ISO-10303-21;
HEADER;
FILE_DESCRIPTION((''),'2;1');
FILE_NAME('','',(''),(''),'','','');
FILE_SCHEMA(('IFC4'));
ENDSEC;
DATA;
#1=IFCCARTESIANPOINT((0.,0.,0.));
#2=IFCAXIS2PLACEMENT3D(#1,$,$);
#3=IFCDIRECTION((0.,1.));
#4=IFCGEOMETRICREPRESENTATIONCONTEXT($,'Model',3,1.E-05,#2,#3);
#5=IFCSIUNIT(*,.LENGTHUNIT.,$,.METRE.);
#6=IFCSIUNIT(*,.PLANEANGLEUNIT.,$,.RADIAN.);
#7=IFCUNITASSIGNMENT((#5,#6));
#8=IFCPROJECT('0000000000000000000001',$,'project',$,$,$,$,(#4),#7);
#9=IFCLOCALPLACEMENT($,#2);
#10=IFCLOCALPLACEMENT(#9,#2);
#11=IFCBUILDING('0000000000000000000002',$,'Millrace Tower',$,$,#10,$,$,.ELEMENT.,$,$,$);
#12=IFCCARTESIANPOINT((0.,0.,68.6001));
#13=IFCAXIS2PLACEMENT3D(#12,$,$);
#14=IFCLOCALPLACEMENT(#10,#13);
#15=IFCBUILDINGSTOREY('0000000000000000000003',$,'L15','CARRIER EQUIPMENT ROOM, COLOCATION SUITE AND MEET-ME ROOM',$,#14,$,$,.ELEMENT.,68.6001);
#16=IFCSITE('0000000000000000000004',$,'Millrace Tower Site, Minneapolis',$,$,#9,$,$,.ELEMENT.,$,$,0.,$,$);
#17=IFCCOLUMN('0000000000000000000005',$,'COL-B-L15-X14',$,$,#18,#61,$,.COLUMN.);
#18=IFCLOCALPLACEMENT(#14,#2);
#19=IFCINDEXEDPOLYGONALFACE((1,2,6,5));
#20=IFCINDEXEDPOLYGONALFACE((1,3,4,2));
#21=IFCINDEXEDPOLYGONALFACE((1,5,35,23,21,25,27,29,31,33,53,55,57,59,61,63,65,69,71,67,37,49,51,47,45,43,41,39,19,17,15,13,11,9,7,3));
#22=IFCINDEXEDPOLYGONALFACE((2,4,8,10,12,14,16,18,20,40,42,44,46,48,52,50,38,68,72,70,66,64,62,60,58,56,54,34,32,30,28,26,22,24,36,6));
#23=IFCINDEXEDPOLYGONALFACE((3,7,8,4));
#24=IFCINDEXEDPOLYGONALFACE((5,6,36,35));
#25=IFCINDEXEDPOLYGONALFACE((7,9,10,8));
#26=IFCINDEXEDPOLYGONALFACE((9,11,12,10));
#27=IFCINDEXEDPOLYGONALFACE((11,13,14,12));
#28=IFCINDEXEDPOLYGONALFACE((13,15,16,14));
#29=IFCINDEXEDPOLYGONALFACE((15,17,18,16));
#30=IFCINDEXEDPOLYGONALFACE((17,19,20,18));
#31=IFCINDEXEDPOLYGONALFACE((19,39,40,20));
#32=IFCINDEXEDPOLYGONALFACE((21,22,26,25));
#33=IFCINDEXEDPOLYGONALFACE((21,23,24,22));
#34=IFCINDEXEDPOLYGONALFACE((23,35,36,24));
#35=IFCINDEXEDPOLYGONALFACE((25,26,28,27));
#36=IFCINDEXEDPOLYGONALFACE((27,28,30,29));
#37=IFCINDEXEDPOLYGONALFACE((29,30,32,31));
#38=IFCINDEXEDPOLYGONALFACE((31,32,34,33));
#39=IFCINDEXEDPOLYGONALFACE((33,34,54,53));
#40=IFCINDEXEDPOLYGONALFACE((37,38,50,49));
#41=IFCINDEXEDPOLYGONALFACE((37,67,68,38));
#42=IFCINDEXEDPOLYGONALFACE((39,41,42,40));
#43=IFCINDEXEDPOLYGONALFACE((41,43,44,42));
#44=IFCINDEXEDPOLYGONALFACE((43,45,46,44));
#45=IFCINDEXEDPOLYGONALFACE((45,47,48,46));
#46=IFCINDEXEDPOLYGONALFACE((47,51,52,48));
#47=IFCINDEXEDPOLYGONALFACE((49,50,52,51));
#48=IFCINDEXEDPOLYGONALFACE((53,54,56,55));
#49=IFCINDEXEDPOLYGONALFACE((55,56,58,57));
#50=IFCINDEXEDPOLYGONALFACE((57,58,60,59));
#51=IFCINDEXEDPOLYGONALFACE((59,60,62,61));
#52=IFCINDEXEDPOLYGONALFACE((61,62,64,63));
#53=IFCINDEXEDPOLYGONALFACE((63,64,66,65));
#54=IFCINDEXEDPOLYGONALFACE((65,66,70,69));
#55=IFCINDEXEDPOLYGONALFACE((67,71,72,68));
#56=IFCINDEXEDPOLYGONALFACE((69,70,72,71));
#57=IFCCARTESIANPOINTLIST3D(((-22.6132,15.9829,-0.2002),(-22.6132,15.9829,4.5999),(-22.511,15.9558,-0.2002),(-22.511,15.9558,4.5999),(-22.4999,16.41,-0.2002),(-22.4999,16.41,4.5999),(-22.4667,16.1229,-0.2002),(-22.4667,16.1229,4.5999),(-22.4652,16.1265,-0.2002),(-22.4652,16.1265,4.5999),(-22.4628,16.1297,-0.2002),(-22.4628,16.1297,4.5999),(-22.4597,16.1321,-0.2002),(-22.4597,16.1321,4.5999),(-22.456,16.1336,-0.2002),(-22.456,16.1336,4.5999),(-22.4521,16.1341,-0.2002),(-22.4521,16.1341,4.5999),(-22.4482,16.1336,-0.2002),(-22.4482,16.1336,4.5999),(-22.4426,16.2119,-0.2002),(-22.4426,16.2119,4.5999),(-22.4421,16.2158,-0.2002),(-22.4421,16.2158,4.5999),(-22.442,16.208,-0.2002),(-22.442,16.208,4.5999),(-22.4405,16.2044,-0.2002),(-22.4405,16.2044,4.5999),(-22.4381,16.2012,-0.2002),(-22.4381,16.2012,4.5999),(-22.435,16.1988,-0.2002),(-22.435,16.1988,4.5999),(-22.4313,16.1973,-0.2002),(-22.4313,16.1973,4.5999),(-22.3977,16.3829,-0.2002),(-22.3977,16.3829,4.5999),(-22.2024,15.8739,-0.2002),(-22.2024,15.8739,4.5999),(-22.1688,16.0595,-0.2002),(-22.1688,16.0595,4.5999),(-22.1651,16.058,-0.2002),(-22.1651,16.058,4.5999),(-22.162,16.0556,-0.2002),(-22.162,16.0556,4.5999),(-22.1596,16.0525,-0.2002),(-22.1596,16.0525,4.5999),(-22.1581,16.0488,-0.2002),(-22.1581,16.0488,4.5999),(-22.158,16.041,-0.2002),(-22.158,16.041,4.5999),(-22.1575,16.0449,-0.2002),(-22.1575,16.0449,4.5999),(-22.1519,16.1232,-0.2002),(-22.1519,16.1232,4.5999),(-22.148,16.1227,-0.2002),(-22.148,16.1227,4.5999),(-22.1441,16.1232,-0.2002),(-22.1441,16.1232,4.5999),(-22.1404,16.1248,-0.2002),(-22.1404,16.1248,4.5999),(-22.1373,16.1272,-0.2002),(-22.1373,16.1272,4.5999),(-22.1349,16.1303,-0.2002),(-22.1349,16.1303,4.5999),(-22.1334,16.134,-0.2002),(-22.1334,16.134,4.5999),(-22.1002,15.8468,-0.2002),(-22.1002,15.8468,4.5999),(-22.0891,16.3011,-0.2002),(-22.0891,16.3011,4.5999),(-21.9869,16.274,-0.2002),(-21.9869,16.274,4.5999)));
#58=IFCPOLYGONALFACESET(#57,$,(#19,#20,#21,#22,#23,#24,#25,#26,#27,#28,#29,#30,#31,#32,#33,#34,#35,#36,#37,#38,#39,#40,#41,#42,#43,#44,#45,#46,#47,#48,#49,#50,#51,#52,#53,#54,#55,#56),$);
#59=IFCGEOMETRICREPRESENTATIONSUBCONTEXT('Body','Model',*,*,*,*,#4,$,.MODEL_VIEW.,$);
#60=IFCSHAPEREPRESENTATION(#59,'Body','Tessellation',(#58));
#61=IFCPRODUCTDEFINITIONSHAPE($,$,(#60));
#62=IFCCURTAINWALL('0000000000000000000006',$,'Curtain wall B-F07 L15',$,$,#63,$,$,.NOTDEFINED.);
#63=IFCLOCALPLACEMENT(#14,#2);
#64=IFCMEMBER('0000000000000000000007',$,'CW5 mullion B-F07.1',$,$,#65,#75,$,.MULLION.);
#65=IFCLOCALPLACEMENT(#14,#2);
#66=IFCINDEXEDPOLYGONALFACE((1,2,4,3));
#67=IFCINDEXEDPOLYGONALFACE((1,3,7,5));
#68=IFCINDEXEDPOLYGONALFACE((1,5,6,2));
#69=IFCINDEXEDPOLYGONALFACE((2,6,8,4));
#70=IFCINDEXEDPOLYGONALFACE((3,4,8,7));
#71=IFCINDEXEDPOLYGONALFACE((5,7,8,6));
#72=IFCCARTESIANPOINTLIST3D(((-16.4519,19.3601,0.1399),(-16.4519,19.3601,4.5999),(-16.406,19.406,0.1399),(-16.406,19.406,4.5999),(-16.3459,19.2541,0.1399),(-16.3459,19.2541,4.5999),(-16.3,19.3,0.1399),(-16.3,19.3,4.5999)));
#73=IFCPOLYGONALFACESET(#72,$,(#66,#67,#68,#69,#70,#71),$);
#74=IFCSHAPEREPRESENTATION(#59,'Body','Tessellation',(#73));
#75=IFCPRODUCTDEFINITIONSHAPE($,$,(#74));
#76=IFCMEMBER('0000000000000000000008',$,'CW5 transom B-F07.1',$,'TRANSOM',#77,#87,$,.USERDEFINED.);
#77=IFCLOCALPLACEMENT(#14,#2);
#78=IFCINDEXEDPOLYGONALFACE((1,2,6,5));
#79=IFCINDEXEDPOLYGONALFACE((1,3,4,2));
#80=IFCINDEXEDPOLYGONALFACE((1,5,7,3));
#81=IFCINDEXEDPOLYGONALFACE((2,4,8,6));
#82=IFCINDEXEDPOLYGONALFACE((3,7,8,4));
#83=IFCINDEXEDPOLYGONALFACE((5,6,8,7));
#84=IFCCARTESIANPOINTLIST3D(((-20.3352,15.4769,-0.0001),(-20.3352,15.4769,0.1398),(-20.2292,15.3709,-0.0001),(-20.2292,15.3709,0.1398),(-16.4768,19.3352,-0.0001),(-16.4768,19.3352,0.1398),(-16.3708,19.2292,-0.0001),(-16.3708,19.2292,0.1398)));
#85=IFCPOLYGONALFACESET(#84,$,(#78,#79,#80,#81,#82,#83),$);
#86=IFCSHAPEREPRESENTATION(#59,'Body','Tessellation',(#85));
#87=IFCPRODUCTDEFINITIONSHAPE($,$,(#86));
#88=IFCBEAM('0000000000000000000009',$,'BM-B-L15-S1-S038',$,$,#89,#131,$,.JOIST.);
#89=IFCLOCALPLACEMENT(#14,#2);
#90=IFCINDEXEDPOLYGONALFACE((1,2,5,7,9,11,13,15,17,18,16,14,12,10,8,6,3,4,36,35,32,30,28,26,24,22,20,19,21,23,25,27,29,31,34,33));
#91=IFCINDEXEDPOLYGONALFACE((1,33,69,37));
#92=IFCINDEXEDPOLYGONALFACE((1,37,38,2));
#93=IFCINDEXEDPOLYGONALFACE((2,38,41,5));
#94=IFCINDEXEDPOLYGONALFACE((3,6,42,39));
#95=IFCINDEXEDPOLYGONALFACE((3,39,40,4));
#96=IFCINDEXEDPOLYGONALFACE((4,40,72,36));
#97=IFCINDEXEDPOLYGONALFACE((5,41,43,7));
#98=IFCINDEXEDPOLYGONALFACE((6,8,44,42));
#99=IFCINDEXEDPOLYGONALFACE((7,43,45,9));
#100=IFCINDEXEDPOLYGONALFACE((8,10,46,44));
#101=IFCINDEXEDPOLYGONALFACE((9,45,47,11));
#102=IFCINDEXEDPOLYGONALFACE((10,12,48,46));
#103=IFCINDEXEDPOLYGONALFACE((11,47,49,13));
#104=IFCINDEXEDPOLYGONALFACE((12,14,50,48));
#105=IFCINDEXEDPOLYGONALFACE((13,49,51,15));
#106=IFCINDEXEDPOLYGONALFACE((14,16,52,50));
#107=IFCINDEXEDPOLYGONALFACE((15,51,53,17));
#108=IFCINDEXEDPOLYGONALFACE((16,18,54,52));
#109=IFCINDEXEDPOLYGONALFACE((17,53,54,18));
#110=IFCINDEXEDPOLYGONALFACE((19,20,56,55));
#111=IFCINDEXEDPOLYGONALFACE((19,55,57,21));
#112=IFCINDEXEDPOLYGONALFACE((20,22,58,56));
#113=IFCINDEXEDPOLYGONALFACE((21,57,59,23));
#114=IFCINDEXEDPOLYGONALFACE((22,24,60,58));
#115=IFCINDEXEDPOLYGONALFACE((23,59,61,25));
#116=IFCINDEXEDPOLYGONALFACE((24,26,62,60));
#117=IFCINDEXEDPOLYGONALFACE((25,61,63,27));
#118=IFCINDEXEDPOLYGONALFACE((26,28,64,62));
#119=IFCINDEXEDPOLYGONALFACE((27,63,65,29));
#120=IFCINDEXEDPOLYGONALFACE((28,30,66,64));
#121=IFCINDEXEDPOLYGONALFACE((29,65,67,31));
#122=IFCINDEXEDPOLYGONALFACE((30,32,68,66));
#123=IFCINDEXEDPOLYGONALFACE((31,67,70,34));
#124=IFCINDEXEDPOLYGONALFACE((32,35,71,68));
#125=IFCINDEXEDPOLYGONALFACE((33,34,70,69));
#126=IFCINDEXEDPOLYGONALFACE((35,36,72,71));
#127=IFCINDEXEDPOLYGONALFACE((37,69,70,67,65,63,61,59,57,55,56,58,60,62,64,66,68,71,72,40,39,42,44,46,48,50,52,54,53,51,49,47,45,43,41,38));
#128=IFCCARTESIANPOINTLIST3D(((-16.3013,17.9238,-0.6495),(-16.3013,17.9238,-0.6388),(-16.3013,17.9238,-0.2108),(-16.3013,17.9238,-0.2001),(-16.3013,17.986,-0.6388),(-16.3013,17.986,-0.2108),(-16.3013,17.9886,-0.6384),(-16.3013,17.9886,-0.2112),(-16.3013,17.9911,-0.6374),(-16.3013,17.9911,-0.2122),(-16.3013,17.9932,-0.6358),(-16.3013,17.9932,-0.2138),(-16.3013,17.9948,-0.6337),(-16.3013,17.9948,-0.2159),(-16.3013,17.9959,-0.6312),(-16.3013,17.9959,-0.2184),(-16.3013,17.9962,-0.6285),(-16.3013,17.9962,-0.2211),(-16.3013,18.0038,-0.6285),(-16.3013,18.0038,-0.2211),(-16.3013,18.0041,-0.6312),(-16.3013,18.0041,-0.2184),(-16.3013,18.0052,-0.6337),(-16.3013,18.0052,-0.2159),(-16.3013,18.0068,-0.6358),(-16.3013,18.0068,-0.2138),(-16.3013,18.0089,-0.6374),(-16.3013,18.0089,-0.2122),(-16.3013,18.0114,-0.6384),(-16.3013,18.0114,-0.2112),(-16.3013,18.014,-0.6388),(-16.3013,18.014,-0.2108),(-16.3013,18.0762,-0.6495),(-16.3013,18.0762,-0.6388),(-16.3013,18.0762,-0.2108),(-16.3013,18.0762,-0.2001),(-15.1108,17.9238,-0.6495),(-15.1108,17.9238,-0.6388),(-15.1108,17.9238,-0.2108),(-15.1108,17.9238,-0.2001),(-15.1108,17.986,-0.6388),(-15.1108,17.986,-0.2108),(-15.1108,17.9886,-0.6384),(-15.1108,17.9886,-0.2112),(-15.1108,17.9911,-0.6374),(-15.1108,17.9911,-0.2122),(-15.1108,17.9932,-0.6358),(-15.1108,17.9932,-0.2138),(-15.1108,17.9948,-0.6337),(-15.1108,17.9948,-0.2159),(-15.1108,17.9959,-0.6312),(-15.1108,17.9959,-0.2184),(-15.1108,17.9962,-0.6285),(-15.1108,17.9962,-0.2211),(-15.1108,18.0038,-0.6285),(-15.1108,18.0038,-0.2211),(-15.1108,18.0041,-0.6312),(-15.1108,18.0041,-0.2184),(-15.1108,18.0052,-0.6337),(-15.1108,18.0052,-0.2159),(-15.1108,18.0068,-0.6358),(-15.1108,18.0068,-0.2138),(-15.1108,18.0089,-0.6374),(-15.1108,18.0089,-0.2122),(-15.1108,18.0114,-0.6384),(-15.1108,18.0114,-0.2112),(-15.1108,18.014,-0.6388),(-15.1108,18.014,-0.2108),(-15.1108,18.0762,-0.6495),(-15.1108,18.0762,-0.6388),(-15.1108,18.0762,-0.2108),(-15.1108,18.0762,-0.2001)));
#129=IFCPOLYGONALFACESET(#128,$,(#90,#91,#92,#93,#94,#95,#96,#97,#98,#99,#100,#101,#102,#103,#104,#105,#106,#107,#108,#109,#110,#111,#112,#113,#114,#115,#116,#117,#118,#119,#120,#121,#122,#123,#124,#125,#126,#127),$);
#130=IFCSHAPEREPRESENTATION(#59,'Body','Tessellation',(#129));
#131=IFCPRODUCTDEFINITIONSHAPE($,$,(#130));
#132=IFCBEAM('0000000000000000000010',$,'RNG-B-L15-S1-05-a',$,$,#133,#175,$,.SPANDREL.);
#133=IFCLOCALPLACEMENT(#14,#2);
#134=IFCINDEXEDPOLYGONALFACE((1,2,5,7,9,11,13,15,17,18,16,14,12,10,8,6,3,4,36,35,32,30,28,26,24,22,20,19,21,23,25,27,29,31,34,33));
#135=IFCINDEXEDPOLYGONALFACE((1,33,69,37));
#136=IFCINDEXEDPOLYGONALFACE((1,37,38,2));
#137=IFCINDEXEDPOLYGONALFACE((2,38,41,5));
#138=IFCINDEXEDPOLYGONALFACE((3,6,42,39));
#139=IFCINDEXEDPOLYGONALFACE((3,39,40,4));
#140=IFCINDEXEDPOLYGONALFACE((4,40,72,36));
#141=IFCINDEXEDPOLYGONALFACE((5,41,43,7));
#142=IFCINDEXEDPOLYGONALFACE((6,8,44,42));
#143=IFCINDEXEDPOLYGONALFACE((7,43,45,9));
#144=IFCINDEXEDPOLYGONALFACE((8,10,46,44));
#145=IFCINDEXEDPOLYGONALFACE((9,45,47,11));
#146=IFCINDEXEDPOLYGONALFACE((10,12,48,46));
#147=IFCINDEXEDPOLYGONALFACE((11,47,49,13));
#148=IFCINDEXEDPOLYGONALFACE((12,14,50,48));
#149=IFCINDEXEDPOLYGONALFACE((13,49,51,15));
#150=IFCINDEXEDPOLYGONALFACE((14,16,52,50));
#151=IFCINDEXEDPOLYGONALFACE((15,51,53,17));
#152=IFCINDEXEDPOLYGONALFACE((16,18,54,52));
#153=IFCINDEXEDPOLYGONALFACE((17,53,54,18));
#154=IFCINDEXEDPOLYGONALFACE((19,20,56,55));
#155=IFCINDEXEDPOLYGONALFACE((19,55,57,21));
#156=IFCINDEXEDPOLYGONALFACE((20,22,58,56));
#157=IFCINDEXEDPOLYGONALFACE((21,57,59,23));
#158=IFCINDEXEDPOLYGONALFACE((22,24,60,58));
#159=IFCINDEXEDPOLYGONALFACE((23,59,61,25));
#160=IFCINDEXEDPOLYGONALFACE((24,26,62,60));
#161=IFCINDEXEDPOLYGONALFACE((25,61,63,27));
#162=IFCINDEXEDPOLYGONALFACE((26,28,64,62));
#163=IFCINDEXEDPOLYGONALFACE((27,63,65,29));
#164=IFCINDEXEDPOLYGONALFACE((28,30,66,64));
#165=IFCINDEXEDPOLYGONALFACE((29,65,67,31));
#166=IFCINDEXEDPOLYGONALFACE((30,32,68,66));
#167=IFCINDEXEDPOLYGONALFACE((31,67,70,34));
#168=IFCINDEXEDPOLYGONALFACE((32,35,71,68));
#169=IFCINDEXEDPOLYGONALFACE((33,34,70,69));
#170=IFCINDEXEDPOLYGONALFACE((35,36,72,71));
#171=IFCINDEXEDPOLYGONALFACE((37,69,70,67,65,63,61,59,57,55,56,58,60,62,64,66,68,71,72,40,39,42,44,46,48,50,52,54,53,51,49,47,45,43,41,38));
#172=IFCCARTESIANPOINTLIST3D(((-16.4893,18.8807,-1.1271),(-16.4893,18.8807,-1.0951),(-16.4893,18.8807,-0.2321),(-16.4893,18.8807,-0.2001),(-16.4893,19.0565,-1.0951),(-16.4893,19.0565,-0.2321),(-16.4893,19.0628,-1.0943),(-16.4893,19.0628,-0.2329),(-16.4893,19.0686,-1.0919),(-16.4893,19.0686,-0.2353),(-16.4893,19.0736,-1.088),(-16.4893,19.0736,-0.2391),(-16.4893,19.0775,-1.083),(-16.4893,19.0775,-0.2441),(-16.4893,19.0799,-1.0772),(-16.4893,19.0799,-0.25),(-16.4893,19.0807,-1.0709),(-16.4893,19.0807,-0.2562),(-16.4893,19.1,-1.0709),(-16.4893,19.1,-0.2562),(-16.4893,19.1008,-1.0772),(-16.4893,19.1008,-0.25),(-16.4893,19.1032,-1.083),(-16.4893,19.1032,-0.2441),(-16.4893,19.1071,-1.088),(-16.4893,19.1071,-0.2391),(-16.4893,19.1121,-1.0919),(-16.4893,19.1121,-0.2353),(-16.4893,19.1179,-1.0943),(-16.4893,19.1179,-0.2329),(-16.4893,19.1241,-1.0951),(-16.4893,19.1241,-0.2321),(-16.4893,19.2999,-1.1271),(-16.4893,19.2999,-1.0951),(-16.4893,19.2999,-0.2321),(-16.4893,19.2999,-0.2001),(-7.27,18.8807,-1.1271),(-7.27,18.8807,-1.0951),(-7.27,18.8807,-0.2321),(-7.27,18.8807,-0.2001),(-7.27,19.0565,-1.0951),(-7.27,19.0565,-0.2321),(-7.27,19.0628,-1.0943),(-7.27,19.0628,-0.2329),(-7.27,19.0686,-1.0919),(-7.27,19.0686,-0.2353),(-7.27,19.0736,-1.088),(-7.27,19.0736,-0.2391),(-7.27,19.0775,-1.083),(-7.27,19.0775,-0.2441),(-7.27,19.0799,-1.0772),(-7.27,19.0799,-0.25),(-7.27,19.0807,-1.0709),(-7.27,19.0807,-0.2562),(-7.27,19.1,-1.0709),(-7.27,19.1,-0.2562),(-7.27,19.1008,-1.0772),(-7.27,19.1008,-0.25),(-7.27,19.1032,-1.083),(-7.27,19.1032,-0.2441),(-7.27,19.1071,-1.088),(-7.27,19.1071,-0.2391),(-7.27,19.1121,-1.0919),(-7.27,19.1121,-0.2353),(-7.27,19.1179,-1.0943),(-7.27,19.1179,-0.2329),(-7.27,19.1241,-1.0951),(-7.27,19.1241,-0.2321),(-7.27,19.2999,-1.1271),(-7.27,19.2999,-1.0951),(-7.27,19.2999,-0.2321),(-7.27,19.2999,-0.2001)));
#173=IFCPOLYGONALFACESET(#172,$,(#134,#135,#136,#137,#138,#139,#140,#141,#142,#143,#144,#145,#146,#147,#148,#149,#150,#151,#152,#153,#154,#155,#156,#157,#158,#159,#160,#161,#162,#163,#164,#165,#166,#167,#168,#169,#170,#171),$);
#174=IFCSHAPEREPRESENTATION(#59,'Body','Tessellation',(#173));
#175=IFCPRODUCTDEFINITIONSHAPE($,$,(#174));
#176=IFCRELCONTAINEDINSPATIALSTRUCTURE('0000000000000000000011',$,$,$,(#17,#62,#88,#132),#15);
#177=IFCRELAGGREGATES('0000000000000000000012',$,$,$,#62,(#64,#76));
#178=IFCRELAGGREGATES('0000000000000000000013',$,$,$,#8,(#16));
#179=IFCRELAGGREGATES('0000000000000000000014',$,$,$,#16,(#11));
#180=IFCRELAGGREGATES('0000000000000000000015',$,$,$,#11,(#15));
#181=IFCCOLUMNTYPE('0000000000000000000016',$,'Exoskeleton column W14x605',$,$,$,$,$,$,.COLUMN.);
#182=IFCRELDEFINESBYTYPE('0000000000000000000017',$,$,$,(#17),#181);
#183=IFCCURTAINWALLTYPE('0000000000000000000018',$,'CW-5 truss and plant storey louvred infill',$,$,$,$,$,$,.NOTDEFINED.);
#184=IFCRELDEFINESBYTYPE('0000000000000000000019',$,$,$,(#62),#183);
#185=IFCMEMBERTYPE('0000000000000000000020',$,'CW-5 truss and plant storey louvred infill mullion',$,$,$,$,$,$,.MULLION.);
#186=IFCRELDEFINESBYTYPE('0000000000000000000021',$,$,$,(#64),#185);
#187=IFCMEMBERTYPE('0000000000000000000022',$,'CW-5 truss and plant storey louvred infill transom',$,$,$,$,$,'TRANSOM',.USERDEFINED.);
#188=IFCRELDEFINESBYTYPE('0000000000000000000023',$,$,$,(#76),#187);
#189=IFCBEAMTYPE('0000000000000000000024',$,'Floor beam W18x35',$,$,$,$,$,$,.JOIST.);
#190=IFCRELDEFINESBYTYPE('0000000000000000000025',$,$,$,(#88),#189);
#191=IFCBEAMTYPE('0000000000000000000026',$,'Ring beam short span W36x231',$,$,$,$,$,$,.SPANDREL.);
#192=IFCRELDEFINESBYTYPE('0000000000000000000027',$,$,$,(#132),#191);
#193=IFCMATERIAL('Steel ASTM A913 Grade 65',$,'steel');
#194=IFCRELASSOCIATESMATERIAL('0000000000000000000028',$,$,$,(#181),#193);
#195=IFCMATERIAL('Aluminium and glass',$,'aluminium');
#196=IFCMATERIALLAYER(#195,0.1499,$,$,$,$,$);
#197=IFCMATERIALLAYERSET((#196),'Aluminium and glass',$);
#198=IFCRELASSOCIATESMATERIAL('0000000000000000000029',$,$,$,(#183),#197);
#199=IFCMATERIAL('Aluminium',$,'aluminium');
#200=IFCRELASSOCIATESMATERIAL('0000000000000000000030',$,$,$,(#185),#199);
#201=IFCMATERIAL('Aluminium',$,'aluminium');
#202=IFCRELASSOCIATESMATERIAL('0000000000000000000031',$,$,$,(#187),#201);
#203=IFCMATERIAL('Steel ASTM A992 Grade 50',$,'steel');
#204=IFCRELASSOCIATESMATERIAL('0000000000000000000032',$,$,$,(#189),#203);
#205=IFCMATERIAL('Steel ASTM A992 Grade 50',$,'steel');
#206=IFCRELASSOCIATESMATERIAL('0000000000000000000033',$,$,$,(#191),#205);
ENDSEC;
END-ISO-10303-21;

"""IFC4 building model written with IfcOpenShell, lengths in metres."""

from ifc_helpers import new_model, si_unit, direction, frame, origin, origin_2d, place, context, subcontext, project, spatial, rectangle, i_section, extrude, material, layer, layer_set, material_profile, profile_set, type_object, element, aggregate, save


model = new_model("IFC4")

# Units and contexts
model_context = context("Model", 3, precision=1e-05, world=origin(), true_north=direction((0.0, 1.0)))
body_context = subcontext(model_context, "Body", "Model", "MODEL_VIEW")
ifc_project = project(units=[si_unit("LENGTHUNIT", "METRE"), si_unit("PLANEANGLEUNIT", "RADIAN")], contexts=[model_context])

# Site, building, storey
site_placement = place(None, origin())
site = spatial("IfcSite", under=ifc_project, at=site_placement, Name="Millrace Tower Site, Minneapolis", CompositionType="ELEMENT", RefElevation=0.0)
building_placement = place(site_placement, origin())
building = spatial("IfcBuilding", under=site, at=building_placement, Name="Millrace Tower", CompositionType="ELEMENT")
storey_placement = place(building_placement, frame((0.0, 0.0, 68.6001)))
storey = spatial("IfcBuildingStorey", under=building, at=storey_placement, Name="L15", Description="CARRIER EQUIPMENT ROOM, COLOCATION SUITE AND MEET-ME ROOM", CompositionType="ELEMENT", Elevation=68.6001)

# Column
ifc_material_1 = material(Name="Steel ASTM A913 Grade 65", Category="steel")
ifc_material_profile_1 = material_profile(ifc_material_1, i_section(OverallWidth=0.4419, OverallDepth=0.5308, WebThickness=0.0659, FlangeThickness=0.1057, FilletRadius=0.0151, at=origin_2d()))
ifc_profile_set_1 = profile_set([ifc_material_profile_1], Name="Steel ASTM A913 Grade 65")
column_type = type_object("IfcColumnType", Name="Exoskeleton column W14x605", PredefinedType="COLUMN", material=ifc_profile_set_1)
column_placement = place(storey_placement, frame((-22.3, 16.1284, -0.2002), z_axis=(0.0, 0.0, 1.0), x_axis=(-0.256347, -0.966585, 0.0)))
element("IfcColumn", 1, at=column_placement, inside=storey, type_object=column_type, Name="COL-B-L15-X14", PredefinedType="COLUMN", context=body_context, shape_type="SweptSolid", body=[
    extrude(i_section(OverallWidth=0.4419, OverallDepth=0.5308, WebThickness=0.0659, FlangeThickness=0.1057, FilletRadius=0.0151, at=origin_2d()), origin(), (0.0, 0.0, 1.0), 4.8),
])

# Curtain wall, members
ifc_material_2 = material(Name="Aluminium and glass", Category="aluminium")
ifc_layer_1 = layer(ifc_material_2, 0.1499)
ifc_layer_set_1 = layer_set([ifc_layer_1], Name="Aluminium and glass")
curtain_wall_type = type_object("IfcCurtainWallType", Name="CW-5 truss and plant storey louvred infill", PredefinedType="NOTDEFINED", material=ifc_layer_set_1)
curtain_wall_placement = place(storey_placement, origin())
curtain_wall = element("IfcCurtainWall", 2, at=curtain_wall_placement, inside=storey, type_object=curtain_wall_type, Name="Curtain wall B-F07 L15", PredefinedType="NOTDEFINED")
ifc_material_3 = material(Name="Aluminium", Category="aluminium")
ifc_material_profile_2 = material_profile(ifc_material_3, rectangle(XDim=0.0649, YDim=0.1499, at=origin_2d()))
ifc_profile_set_2 = profile_set([ifc_material_profile_2], Name="Aluminium")
member_type_1 = type_object("IfcMemberType", Name="CW-5 truss and plant storey louvred infill mullion", PredefinedType="MULLION", material=ifc_profile_set_2)
member_1_placement = place(storey_placement, frame((-16.376, 19.3301, 0.1399), z_axis=(0.0, 0.0, 1.0), x_axis=(-0.707107, -0.707107, 0.0)))
member_1 = element("IfcMember", 3, at=member_1_placement, type_object=member_type_1, Name="CW5 mullion B-F07.1", PredefinedType="MULLION", context=body_context, shape_type="SweptSolid", body=[
    extrude(rectangle(XDim=0.0649, YDim=0.1499, at=origin_2d()), origin(), (0.0, 0.0, 1.0), 4.46),
])
ifc_material_4 = material(Name="Aluminium", Category="aluminium")
ifc_material_profile_3 = material_profile(ifc_material_4, rectangle(XDim=0.1499, YDim=0.1399, at=origin_2d()))
ifc_profile_set_3 = profile_set([ifc_material_profile_3], Name="Aluminium")
member_type_2 = type_object("IfcMemberType", Name="CW-5 truss and plant storey louvred infill transom", ElementType="TRANSOM", PredefinedType="USERDEFINED", material=ifc_profile_set_3)
member_2_placement = place(storey_placement, frame((-16.4238, 19.2822, 0.0698), z_axis=(-0.707107, -0.707107, 0.0), x_axis=(0.707107, -0.707107, 0.0)))
member_2 = element("IfcMember", 4, at=member_2_placement, type_object=member_type_2, Name="CW5 transom B-F07.1", ObjectType="TRANSOM", PredefinedType="USERDEFINED", context=body_context, shape_type="SweptSolid", body=[
    extrude(rectangle(XDim=0.1499, YDim=0.1399, at=origin_2d()), origin(), (0.0, 0.0, 1.0), 5.4565),
])
aggregate(curtain_wall, [member_1, member_2])

# Beams
ifc_material_5 = material(Name="Steel ASTM A992 Grade 50", Category="steel")
ifc_material_profile_4 = material_profile(ifc_material_5, i_section(OverallWidth=0.1523, OverallDepth=0.4495, WebThickness=0.0076, FlangeThickness=0.0107, FilletRadius=0.0103, at=origin_2d()))
ifc_profile_set_4 = profile_set([ifc_material_profile_4], Name="Steel ASTM A992 Grade 50")
beam_type_1 = type_object("IfcBeamType", Name="Floor beam W18x35", PredefinedType="JOIST", material=ifc_profile_set_4)
beam_1_placement = place(storey_placement, frame((-16.3013, 18.0, -0.4248), z_axis=(1.0, 0.0, 0.0), x_axis=(0.0, 1.0, 0.0)))
element("IfcBeam", 5, at=beam_1_placement, inside=storey, type_object=beam_type_1, Name="BM-B-L15-S1-S038", PredefinedType="JOIST", context=body_context, shape_type="SweptSolid", body=[
    extrude(i_section(OverallWidth=0.1523, OverallDepth=0.4495, WebThickness=0.0076, FlangeThickness=0.0107, FilletRadius=0.0103, at=origin_2d()), origin(), (0.0, 0.0, 1.0), 1.1904),
])
ifc_material_6 = material(Name="Steel ASTM A992 Grade 50", Category="steel")
ifc_material_profile_5 = material_profile(ifc_material_6, i_section(OverallWidth=0.4192, OverallDepth=0.927, WebThickness=0.0193, FlangeThickness=0.032, FilletRadius=0.0242, at=origin_2d()))
ifc_profile_set_5 = profile_set([ifc_material_profile_5], Name="Steel ASTM A992 Grade 50")
beam_type_2 = type_object("IfcBeamType", Name="Ring beam short span W36x231", PredefinedType="SPANDREL", material=ifc_profile_set_5)
beam_2_placement = place(storey_placement, frame((-16.4893, 19.0903, -0.6636), z_axis=(1.0, 0.0, 0.0), x_axis=(0.0, 1.0, 0.0)))
element("IfcBeam", 6, at=beam_2_placement, inside=storey, type_object=beam_type_2, Name="RNG-B-L15-S1-05-a", PredefinedType="SPANDREL", context=body_context, shape_type="SweptSolid", body=[
    extrude(i_section(OverallWidth=0.4192, OverallDepth=0.927, WebThickness=0.0193, FlangeThickness=0.032, FilletRadius=0.0242, at=origin_2d()), origin(), (0.0, 0.0, 1.0), 9.2192),
])

save(model, "model.ifc")
